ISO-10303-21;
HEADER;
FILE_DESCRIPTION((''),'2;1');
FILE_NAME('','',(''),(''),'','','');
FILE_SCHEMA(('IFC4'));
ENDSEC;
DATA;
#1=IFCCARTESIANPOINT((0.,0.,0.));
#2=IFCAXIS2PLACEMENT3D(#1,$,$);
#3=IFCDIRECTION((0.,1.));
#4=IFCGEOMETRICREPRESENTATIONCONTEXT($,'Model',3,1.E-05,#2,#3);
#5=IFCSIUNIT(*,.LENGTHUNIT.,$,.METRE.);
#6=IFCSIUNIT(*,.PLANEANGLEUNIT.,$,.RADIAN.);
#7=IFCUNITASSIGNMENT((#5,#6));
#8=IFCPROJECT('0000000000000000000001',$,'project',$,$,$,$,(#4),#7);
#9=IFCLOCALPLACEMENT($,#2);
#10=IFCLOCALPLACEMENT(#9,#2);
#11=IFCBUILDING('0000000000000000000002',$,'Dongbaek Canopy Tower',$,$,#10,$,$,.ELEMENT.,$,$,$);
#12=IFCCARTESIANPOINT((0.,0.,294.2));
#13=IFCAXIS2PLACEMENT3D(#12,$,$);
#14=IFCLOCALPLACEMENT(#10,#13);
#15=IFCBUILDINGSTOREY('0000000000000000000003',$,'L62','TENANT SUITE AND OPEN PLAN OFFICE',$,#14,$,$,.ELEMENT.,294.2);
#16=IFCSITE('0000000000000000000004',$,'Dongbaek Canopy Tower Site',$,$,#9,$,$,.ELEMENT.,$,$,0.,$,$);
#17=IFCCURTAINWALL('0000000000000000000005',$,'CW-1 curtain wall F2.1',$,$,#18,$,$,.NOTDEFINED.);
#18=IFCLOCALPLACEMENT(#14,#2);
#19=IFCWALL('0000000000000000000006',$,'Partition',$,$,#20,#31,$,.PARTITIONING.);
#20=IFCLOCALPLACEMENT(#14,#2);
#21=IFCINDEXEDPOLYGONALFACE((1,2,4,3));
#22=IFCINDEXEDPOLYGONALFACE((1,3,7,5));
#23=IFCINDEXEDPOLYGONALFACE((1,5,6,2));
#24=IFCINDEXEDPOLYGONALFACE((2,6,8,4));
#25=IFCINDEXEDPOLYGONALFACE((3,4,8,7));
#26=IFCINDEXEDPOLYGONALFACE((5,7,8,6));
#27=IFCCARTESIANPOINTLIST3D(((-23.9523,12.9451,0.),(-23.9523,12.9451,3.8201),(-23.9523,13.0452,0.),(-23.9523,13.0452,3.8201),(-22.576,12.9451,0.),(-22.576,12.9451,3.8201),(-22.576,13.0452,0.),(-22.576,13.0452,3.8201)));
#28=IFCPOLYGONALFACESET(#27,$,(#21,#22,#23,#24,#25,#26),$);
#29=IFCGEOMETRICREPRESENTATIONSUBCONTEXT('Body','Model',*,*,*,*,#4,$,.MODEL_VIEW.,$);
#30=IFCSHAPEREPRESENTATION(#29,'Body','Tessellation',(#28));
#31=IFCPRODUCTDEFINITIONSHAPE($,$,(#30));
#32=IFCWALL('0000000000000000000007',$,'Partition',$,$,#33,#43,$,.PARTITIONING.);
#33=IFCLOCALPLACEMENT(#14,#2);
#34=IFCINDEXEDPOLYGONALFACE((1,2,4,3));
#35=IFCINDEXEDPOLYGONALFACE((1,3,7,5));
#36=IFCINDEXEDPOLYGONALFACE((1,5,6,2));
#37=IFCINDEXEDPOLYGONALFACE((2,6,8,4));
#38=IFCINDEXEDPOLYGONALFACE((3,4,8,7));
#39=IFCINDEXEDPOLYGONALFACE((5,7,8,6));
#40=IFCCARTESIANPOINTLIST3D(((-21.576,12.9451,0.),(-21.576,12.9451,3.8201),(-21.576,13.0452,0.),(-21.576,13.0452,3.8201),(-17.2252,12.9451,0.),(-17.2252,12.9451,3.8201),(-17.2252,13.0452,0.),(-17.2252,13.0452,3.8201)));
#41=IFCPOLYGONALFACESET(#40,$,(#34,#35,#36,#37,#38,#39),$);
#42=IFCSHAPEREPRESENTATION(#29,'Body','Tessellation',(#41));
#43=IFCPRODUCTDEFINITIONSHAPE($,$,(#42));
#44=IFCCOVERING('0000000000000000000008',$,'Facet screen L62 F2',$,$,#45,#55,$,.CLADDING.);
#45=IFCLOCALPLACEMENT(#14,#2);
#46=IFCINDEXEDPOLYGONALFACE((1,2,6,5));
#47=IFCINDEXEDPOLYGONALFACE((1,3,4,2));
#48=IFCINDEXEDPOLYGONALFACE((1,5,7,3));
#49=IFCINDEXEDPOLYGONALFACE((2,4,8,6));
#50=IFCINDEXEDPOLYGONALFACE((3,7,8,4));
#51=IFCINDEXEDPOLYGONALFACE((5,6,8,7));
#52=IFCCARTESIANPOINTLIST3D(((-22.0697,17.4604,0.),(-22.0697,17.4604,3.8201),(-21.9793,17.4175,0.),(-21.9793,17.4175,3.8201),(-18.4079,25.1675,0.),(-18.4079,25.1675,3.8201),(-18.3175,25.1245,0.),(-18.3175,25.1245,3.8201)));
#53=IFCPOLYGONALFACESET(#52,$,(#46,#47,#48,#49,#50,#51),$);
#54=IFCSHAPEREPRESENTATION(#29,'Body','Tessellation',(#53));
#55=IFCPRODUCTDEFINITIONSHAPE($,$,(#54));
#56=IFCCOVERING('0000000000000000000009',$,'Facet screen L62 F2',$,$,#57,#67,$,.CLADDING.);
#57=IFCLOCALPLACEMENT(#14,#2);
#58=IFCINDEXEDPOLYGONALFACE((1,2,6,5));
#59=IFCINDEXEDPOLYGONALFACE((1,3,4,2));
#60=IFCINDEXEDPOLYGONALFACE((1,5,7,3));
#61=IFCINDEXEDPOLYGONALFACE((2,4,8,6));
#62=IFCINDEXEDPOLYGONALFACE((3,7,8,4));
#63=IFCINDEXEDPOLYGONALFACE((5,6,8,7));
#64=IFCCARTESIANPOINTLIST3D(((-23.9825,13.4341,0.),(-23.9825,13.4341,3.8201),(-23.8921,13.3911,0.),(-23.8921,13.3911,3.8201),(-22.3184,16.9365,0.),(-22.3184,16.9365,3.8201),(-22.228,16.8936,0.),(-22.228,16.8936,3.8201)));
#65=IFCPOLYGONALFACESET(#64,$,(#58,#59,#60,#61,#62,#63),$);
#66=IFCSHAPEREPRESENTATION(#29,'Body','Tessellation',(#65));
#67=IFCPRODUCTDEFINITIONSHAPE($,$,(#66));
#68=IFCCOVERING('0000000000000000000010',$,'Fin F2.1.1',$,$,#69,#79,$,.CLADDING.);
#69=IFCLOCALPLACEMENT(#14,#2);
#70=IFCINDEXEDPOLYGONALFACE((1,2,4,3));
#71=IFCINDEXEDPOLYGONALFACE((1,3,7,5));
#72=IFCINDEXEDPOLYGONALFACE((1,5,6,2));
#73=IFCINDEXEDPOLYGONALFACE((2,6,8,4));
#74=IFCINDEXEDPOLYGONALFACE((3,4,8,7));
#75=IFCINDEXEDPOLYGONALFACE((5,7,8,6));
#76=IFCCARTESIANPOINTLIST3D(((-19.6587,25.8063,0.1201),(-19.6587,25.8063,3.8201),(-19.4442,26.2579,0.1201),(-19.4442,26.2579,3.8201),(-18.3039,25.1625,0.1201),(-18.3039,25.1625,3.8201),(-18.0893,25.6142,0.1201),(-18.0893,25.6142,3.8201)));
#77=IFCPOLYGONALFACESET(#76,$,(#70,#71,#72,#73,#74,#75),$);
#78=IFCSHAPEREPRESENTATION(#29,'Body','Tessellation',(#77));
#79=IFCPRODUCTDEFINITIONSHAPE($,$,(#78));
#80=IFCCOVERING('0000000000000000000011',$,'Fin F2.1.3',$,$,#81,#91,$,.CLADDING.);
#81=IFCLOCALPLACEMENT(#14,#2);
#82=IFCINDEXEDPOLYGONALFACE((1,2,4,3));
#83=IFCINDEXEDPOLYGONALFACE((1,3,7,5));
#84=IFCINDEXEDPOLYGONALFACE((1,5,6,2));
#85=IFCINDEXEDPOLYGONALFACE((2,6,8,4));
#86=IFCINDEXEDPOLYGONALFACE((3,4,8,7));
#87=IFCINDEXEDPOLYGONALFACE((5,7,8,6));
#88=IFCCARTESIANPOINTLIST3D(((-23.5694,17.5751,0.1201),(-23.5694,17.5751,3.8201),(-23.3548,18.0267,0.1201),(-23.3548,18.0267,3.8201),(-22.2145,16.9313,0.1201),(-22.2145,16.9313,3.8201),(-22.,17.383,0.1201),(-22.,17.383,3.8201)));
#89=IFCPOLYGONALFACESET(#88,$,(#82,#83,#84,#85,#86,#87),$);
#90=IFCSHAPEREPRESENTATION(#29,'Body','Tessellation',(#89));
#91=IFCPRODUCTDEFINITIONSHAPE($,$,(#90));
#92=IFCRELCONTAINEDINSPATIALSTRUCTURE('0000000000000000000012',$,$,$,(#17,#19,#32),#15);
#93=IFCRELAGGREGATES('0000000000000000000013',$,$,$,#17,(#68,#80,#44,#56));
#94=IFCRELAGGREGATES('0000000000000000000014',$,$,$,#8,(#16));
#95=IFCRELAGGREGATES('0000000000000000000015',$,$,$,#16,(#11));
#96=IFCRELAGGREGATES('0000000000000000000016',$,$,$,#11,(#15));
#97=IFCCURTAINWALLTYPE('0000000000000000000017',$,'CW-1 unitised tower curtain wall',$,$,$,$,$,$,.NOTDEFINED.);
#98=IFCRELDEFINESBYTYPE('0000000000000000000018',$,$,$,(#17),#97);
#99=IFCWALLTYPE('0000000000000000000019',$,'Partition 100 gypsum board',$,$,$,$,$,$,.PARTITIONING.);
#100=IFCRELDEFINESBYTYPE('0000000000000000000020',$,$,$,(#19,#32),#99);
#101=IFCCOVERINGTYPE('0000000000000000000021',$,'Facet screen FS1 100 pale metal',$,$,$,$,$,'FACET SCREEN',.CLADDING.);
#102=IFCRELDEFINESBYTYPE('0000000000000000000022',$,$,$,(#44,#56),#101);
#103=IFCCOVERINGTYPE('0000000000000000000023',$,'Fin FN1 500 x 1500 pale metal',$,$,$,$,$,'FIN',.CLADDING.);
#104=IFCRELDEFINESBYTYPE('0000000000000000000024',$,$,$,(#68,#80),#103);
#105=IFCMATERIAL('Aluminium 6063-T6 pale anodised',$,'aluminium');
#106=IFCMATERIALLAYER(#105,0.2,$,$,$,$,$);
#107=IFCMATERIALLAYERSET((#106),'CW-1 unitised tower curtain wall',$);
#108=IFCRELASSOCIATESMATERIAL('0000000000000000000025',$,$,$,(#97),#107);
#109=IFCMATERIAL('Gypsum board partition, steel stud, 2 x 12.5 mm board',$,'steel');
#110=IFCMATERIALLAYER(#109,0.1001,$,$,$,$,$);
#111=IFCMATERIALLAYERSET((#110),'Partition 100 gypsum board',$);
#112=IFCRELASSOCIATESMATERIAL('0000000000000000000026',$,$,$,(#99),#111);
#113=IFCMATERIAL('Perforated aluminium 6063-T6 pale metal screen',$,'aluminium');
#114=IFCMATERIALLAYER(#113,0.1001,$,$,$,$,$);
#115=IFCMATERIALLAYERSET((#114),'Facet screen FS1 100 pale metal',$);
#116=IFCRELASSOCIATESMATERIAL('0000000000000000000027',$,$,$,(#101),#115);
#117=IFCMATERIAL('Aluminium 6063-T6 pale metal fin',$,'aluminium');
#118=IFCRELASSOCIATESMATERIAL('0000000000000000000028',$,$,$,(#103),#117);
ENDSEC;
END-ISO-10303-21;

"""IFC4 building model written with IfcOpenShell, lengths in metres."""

from ifc_helpers import new_model, si_unit, direction, frame, frame_2d, origin, origin_2d, place, context, subcontext, project, spatial, rectangle, extrude, material, layer, layer_set, material_profile, profile_set, type_object, element, aggregate, save


model = new_model("IFC4")

# Units and contexts
model_context = context("Model", 3, precision=1e-05, world=origin(), true_north=direction((0.0, 1.0)))
body_context = subcontext(model_context, "Body", "Model", "MODEL_VIEW")
ifc_project = project(units=[si_unit("LENGTHUNIT", "METRE"), si_unit("PLANEANGLEUNIT", "RADIAN")], contexts=[model_context])

# Site, building, storey
site_placement = place(None, origin())
site = spatial("IfcSite", under=ifc_project, at=site_placement, Name="Dongbaek Canopy Tower Site", CompositionType="ELEMENT", RefElevation=0.0)
building_placement = place(site_placement, origin())
building = spatial("IfcBuilding", under=site, at=building_placement, Name="Dongbaek Canopy Tower", CompositionType="ELEMENT")
storey_placement = place(building_placement, frame((0.0, 0.0, 294.2)))
storey = spatial("IfcBuildingStorey", under=building, at=storey_placement, Name="L62", Description="TENANT SUITE AND OPEN PLAN OFFICE", CompositionType="ELEMENT", Elevation=294.2)

# Curtain wall
ifc_material_1 = material(Name="Aluminium 6063-T6 pale anodised", Category="aluminium")
ifc_layer_1 = layer(ifc_material_1, 0.2)
ifc_layer_set_1 = layer_set([ifc_layer_1], Name="CW-1 unitised tower curtain wall")
curtain_wall_type = type_object("IfcCurtainWallType", Name="CW-1 unitised tower curtain wall", PredefinedType="NOTDEFINED", material=ifc_layer_set_1)
curtain_wall_1_placement = place(storey_placement, origin())
curtain_wall_1 = element("IfcCurtainWall", 1, at=curtain_wall_1_placement, inside=storey, type_object=curtain_wall_type, Name="CW-1 curtain wall F2.1", PredefinedType="NOTDEFINED")

# Walls
ifc_material_2 = material(Name="Gypsum board partition, steel stud, 2 x 12.5 mm board", Category="steel")
ifc_layer_2 = layer(ifc_material_2, 0.1001)
ifc_layer_set_2 = layer_set([ifc_layer_2], Name="Partition 100 gypsum board")
wall_type_1 = type_object("IfcWallType", Name="Partition 100 gypsum board", PredefinedType="PARTITIONING", material=ifc_layer_set_2)
wall_1_placement = place(storey_placement, frame((-23.9521, 12.9951, 0.0), z_axis=(0.0, 0.0, 1.0), x_axis=(1.0, 0.0, 0.0)))
element("IfcWall", 2, at=wall_1_placement, inside=storey, type_object=wall_type_1, Name="Partition", PredefinedType="PARTITIONING", context=body_context, shape_type="SweptSolid", body=[
    extrude(rectangle(XDim=1.3762, YDim=0.1001, at=frame_2d((0.688, 0.0))), origin(), (0.0, 0.0, 1.0), 3.8201),
])
wall_2_placement = place(storey_placement, frame((-21.5759, 12.9951, 0.0), z_axis=(0.0, 0.0, 1.0), x_axis=(1.0, 0.0, 0.0)))
element("IfcWall", 3, at=wall_2_placement, inside=storey, type_object=wall_type_1, Name="Partition", PredefinedType="PARTITIONING", context=body_context, shape_type="SweptSolid", body=[
    extrude(rectangle(XDim=4.3508, YDim=0.1001, at=frame_2d((2.1753, 0.0))), origin(), (0.0, 0.0, 1.0), 3.8201),
])

# Coverings
ifc_material_3 = material(Name="Perforated aluminium 6063-T6 pale metal screen", Category="aluminium")
ifc_layer_3 = layer(ifc_material_3, 0.1001)
ifc_layer_set_3 = layer_set([ifc_layer_3], Name="Facet screen FS1 100 pale metal")
covering_type_1 = type_object("IfcCoveringType", Name="Facet screen FS1 100 pale metal", ElementType="FACET SCREEN", PredefinedType="CLADDING", material=ifc_layer_set_3)
covering_1_placement = place(storey_placement, frame((-20.1936, 21.2925, 0.0), z_axis=(0.0, 0.0, 1.0), x_axis=(-0.429143, -0.903236, 0.0)))
covering_1 = element("IfcCovering", 4, at=covering_1_placement, type_object=covering_type_1, Name="Facet screen L62 F2", PredefinedType="CLADDING", context=body_context, shape_type="SweptSolid", body=[
    extrude(rectangle(XDim=8.5327, YDim=0.1001, at=origin_2d()), origin(), (0.0, 0.0, 1.0), 3.8201),
])
covering_2_placement = place(storey_placement, frame((-23.1052, 15.1638, 0.0), z_axis=(0.0, 0.0, 1.0), x_axis=(-0.429143, -0.903236, 0.0)))
covering_2 = element("IfcCovering", 5, at=covering_2_placement, type_object=covering_type_1, Name="Facet screen L62 F2", PredefinedType="CLADDING", context=body_context, shape_type="SweptSolid", body=[
    extrude(rectangle(XDim=3.8777, YDim=0.1001, at=origin_2d()), origin(), (0.0, 0.0, 1.0), 3.8201),
])
ifc_material_4 = material(Name="Aluminium 6063-T6 pale metal fin", Category="aluminium")
ifc_material_profile_1 = material_profile(ifc_material_4, rectangle(XDim=1.5, YDim=0.5, at=origin_2d()), Name="Fin FN1 500 x 1500 pale metal")
ifc_profile_set_1 = profile_set([ifc_material_profile_1], Name="Aluminium 6063-T6 pale metal fin")
covering_type_2 = type_object("IfcCoveringType", Name="Fin FN1 500 x 1500 pale metal", ElementType="FIN", PredefinedType="CLADDING", material=ifc_profile_set_1)
covering_3_placement = place(storey_placement, frame((-18.874, 25.7102, 0.1201), z_axis=(0.0, 0.0, 1.0), x_axis=(-0.903236, 0.429143, 0.0)))
covering_3 = element("IfcCovering", 6, at=covering_3_placement, type_object=covering_type_2, Name="Fin F2.1.1", PredefinedType="CLADDING", context=body_context, shape_type="SweptSolid", body=[
    extrude(rectangle(XDim=1.5, YDim=0.5, at=origin_2d()), origin(), (0.0, 0.0, 1.0), 3.7),
])
covering_4_placement = place(storey_placement, frame((-22.7847, 17.479, 0.1201), z_axis=(0.0, 0.0, 1.0), x_axis=(-0.903236, 0.429143, 0.0)))
covering_4 = element("IfcCovering", 7, at=covering_4_placement, type_object=covering_type_2, Name="Fin F2.1.3", PredefinedType="CLADDING", context=body_context, shape_type="SweptSolid", body=[
    extrude(rectangle(XDim=1.5, YDim=0.5, at=origin_2d()), origin(), (0.0, 0.0, 1.0), 3.7),
])
aggregate(curtain_wall_1, [covering_3, covering_4, covering_1, covering_2])

save(model, "model.ifc")
